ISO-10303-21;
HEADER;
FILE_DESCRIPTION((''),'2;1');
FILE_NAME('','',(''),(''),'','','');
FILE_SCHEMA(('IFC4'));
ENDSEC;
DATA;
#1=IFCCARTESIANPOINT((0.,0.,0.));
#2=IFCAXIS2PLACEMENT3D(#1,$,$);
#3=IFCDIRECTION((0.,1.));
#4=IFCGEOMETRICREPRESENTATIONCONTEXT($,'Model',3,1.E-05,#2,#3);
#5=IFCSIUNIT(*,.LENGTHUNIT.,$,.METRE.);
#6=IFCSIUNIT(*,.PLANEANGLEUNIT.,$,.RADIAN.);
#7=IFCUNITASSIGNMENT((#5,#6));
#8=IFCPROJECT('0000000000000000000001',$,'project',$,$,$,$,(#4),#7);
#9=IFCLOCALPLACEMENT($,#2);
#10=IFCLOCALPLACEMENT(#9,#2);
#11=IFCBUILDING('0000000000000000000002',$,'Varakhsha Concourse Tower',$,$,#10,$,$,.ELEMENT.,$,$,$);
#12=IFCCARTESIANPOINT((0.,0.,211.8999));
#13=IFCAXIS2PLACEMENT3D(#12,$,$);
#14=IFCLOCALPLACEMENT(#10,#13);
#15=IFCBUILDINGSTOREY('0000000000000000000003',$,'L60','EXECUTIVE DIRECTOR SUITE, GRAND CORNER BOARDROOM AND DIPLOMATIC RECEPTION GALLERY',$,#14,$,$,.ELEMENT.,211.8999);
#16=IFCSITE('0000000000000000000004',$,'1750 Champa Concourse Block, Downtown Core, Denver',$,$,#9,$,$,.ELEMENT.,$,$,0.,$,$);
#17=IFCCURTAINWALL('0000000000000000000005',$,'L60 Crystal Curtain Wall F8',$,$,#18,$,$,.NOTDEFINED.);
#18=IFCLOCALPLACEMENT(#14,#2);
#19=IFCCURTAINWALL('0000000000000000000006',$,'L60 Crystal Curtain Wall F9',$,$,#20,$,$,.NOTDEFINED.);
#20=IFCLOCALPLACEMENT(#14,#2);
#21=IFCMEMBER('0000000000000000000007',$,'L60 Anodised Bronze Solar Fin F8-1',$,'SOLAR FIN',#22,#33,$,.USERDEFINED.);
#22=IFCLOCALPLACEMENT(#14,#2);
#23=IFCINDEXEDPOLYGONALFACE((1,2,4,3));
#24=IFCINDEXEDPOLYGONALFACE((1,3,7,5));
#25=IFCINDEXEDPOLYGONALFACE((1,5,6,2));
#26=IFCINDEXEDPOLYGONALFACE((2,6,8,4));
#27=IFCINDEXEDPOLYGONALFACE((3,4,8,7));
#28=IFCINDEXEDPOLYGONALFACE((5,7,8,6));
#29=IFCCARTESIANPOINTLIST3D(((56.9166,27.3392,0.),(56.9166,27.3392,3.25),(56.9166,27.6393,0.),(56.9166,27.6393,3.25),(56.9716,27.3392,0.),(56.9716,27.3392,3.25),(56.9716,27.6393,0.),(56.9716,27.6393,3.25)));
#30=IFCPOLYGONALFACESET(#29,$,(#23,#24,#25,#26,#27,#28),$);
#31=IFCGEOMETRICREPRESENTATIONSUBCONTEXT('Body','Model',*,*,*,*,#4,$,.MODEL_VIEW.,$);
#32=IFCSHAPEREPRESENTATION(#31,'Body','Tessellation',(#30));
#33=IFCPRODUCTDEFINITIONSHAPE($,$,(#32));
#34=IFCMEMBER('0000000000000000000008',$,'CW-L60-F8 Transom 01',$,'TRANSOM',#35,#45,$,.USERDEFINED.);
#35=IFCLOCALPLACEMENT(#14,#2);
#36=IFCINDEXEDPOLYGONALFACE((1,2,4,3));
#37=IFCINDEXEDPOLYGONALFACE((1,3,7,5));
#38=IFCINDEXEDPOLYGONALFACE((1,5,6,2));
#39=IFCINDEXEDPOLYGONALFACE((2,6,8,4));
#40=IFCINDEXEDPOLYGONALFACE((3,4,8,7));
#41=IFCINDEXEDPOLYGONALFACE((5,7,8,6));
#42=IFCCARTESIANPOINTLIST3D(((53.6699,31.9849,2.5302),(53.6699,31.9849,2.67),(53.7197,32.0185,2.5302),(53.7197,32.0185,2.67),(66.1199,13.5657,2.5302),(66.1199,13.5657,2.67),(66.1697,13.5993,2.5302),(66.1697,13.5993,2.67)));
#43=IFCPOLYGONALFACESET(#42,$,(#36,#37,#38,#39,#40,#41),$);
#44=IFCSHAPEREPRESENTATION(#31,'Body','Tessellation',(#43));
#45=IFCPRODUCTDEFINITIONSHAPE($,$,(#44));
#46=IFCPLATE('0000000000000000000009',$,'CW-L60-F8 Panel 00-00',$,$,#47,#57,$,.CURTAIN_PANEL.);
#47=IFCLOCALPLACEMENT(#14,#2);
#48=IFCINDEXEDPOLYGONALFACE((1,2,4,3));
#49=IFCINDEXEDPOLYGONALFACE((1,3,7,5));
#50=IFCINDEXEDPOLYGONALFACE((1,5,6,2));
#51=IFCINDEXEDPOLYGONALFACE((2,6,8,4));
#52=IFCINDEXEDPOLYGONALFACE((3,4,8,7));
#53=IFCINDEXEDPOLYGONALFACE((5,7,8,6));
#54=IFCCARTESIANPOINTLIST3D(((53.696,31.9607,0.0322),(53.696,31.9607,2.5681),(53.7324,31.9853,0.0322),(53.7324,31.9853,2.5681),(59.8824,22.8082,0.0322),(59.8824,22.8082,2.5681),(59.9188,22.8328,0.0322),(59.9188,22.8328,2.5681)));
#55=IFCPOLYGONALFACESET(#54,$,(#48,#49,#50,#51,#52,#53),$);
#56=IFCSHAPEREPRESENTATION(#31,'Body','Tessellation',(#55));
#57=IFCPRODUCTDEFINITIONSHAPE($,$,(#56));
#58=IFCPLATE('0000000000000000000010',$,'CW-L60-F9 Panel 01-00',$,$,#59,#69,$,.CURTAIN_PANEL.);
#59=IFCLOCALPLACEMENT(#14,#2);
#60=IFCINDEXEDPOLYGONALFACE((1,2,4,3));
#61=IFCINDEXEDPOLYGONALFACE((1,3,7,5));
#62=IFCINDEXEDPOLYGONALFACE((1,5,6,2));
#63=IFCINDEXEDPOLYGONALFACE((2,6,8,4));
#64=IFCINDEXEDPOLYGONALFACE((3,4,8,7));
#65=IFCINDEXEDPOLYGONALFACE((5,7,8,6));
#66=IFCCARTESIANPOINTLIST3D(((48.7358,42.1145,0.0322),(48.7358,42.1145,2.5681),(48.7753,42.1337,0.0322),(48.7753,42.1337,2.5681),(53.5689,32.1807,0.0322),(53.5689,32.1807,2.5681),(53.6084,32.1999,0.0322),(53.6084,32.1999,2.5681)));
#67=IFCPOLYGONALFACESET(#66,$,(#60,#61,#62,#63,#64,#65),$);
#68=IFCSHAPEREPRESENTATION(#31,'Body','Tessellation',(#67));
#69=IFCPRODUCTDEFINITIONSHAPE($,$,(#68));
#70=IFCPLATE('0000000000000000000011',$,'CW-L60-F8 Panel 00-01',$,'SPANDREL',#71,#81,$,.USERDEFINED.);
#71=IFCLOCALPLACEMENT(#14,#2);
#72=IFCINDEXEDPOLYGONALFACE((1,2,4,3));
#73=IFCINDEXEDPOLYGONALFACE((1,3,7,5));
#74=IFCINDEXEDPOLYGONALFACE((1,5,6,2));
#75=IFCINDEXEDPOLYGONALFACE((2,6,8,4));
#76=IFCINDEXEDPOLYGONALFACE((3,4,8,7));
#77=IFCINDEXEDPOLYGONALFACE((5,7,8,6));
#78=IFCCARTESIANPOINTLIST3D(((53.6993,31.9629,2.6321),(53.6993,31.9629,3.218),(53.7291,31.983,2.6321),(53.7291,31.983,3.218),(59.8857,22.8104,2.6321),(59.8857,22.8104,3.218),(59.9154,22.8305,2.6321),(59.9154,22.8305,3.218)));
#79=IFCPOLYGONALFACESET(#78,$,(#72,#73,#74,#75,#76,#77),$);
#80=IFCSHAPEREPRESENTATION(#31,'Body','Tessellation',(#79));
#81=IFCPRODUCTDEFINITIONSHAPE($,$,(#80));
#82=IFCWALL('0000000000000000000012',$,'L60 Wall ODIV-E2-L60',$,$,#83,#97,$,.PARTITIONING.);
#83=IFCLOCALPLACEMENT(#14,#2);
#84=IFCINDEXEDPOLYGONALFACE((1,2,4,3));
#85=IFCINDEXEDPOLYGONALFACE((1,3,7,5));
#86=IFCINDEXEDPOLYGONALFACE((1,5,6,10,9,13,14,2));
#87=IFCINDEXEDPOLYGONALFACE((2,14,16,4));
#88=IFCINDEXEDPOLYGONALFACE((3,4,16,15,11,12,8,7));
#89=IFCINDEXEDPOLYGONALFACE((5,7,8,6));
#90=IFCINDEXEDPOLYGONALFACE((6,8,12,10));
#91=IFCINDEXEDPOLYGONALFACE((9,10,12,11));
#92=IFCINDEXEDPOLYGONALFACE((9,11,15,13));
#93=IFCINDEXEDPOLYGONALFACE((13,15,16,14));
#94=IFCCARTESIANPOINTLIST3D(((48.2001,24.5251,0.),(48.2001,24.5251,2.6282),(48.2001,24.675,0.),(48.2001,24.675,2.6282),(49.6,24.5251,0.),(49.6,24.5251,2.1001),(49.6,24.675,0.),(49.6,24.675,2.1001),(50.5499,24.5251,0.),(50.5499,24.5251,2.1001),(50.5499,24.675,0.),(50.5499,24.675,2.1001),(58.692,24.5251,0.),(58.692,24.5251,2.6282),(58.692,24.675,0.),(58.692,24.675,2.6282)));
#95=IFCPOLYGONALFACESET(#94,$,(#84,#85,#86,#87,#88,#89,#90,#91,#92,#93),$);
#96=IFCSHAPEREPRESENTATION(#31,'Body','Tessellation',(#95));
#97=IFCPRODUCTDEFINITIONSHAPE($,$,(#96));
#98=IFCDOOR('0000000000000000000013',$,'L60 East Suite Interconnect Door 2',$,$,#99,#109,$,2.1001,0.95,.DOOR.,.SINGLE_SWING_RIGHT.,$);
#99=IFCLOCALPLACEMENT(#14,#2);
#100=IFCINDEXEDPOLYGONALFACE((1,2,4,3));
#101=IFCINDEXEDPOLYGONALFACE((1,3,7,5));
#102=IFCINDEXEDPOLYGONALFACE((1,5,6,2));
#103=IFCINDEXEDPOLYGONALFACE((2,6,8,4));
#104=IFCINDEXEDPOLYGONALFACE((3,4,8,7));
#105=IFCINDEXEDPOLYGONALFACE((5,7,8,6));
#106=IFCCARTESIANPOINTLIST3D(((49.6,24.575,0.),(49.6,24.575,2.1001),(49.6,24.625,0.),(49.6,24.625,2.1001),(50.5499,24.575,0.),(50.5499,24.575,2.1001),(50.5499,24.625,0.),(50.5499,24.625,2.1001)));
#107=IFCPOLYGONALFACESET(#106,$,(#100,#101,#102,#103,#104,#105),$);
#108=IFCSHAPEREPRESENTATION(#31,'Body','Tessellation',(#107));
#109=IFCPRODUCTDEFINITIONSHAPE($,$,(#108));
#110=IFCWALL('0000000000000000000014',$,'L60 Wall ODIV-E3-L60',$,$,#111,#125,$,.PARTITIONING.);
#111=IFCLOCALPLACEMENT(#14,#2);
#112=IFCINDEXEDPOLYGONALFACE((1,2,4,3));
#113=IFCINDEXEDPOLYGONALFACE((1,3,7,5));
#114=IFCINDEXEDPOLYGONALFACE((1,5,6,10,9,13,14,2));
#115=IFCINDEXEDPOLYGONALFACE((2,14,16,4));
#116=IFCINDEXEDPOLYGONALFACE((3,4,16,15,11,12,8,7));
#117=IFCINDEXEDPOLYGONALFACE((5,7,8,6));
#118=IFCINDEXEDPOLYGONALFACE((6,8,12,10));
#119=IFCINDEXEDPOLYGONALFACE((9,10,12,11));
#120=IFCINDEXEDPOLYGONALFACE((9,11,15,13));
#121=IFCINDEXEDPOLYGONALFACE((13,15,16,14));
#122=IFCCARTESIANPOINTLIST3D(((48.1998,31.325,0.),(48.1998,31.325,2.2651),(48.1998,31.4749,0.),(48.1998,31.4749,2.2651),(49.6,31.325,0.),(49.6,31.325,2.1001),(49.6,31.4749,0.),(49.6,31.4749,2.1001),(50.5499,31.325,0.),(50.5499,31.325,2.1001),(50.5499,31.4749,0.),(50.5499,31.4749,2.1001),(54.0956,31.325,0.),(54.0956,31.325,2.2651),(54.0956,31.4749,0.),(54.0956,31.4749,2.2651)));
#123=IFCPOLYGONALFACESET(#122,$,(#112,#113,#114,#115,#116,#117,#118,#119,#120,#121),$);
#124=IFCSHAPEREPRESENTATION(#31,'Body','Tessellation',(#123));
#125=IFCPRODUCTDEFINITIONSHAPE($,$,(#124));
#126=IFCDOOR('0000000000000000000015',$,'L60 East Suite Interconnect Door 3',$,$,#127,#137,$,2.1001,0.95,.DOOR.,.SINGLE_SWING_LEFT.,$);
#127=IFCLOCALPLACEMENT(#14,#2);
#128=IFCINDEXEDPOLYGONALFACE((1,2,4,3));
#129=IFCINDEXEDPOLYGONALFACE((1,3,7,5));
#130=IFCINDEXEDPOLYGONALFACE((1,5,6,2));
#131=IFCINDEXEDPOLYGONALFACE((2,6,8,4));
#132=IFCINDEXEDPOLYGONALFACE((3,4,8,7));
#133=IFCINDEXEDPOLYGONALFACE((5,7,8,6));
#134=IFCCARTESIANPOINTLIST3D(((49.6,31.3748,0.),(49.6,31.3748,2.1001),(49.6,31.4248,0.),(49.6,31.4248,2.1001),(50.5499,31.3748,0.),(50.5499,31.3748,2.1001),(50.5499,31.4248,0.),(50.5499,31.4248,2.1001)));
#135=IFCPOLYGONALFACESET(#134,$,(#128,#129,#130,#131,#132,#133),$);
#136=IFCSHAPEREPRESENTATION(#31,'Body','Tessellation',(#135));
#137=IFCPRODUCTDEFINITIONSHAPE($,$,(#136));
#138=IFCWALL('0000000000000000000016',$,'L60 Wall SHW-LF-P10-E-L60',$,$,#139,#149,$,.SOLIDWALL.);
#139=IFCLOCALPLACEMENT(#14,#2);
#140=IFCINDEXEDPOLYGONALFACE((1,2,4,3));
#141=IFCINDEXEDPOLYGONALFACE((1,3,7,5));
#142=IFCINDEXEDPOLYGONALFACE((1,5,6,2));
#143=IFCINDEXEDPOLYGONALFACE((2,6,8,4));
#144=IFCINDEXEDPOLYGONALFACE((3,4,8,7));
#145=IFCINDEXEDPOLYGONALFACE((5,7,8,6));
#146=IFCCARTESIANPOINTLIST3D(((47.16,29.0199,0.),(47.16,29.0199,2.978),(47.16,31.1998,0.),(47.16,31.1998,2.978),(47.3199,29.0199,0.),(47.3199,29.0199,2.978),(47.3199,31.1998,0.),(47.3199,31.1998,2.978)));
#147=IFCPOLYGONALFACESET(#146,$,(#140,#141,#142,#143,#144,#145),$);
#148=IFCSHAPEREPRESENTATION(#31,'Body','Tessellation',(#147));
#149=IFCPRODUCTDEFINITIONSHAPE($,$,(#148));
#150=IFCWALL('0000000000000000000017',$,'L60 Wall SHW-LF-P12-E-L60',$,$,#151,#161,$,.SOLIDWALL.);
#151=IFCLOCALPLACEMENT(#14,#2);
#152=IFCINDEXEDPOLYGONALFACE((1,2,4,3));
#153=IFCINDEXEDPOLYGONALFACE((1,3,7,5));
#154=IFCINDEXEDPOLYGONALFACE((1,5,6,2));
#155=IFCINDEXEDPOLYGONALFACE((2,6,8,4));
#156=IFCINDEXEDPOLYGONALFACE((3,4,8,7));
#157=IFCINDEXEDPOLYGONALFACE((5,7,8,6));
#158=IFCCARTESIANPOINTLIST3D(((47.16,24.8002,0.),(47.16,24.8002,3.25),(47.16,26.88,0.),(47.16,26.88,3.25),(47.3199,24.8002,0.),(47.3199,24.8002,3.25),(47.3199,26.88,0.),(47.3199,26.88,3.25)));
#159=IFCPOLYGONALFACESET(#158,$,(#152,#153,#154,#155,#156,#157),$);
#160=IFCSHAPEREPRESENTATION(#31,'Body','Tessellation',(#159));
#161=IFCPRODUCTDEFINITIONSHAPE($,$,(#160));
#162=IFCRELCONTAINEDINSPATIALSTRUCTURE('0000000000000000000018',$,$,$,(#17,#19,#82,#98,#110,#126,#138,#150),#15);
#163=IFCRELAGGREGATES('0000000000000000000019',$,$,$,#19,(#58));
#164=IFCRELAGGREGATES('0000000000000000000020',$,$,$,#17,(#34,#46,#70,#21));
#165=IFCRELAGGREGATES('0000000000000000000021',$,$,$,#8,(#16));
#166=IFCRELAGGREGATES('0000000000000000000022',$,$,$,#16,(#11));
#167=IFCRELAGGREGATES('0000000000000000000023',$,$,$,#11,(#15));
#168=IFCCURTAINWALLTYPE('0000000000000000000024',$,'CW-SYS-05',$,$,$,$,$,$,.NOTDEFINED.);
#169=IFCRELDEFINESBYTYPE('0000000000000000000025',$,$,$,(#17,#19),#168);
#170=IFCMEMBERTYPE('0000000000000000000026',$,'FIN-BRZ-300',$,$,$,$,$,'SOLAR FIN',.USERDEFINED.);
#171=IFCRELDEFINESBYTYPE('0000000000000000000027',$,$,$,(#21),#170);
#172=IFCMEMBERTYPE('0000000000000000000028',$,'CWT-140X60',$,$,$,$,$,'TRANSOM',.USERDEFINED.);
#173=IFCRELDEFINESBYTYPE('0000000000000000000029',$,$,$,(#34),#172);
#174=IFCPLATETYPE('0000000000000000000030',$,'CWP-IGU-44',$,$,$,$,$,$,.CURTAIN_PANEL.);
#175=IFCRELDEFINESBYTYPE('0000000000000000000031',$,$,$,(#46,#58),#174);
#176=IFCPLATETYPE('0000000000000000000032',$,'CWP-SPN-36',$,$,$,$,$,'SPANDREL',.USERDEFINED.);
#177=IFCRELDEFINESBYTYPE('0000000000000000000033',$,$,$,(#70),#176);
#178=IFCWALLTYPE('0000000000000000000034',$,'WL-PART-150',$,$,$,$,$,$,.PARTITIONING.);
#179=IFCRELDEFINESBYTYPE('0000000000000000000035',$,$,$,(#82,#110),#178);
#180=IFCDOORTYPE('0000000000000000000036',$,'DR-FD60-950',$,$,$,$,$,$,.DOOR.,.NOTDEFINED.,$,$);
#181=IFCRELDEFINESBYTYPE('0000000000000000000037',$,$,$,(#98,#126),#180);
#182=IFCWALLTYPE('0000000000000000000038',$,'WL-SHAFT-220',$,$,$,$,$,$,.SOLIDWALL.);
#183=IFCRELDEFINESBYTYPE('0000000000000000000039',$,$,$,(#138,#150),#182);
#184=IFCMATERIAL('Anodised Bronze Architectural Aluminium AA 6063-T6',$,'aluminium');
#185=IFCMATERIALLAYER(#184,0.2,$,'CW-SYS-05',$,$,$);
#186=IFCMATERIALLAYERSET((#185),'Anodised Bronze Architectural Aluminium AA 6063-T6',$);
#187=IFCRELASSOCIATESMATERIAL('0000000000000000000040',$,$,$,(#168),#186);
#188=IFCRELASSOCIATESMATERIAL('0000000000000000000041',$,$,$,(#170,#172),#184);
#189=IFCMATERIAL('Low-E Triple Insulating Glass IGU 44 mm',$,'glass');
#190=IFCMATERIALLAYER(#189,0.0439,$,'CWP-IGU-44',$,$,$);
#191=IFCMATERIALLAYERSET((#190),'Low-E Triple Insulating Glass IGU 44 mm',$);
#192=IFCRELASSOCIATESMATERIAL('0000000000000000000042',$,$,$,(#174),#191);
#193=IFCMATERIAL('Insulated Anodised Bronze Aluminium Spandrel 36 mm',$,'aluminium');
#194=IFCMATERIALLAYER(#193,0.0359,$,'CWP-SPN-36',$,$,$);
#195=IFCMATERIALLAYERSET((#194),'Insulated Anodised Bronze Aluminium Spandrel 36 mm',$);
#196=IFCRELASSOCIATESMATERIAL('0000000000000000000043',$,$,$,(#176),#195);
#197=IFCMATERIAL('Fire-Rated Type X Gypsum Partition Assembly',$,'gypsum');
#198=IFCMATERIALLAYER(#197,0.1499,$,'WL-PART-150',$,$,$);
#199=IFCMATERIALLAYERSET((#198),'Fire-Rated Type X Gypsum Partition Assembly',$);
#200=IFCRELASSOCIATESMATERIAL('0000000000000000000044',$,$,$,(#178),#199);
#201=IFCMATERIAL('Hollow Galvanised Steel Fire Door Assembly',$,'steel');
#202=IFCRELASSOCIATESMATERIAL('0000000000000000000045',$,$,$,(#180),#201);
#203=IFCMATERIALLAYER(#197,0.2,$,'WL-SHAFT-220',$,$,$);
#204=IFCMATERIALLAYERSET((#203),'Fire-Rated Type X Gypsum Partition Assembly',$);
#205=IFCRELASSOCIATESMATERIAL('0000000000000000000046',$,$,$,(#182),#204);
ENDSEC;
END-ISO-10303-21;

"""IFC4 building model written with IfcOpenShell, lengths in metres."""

from ifc_helpers import new_model, si_unit, direction, frame, frame_2d, origin, origin_2d, place, context, subcontext, project, spatial, rectangle, extrude, source, transform, mapped, material, layer, layer_set, material_profile, profile_set, type_object, type_shapes, element, fill, aggregate, save


model = new_model("IFC4")

# Units and contexts
model_context = context("Model", 3, precision=1e-05, world=origin(), true_north=direction((0.0, 1.0)))
body_context = subcontext(model_context, "Body", "Model", "MODEL_VIEW")
ifc_project = project(units=[si_unit("LENGTHUNIT", "METRE"), si_unit("PLANEANGLEUNIT", "RADIAN")], contexts=[model_context])

# Site, building, storey
site_placement = place(None, origin())
site = spatial("IfcSite", under=ifc_project, at=site_placement, Name="1750 Champa Concourse Block, Downtown Core, Denver", CompositionType="ELEMENT", RefElevation=0.0)
building_placement = place(site_placement, origin())
building = spatial("IfcBuilding", under=site, at=building_placement, Name="Varakhsha Concourse Tower", CompositionType="ELEMENT")
storey_placement = place(building_placement, frame((0.0, 0.0, 211.8999)))
storey = spatial("IfcBuildingStorey", under=building, at=storey_placement, Name="L60", Description="EXECUTIVE DIRECTOR SUITE, GRAND CORNER BOARDROOM AND DIPLOMATIC RECEPTION GALLERY", CompositionType="ELEMENT", Elevation=211.8999)

# Curtain wall
ifc_material_1 = material(Name="Anodised Bronze Architectural Aluminium AA 6063-T6", Category="aluminium")
ifc_layer_1 = layer(ifc_material_1, 0.2, Name="CW-SYS-05")
ifc_layer_set_1 = layer_set([ifc_layer_1], Name="Anodised Bronze Architectural Aluminium AA 6063-T6")
curtain_wall_type = type_object("IfcCurtainWallType", Name="CW-SYS-05", PredefinedType="NOTDEFINED", material=ifc_layer_set_1)
curtain_wall_1_placement = place(storey_placement, origin())
curtain_wall_1 = element("IfcCurtainWall", 1, at=curtain_wall_1_placement, inside=storey, type_object=curtain_wall_type, Name="L60 Crystal Curtain Wall F8", PredefinedType="NOTDEFINED")

# Curtain wall
curtain_wall_2_placement = place(storey_placement, origin())
curtain_wall_2 = element("IfcCurtainWall", 2, at=curtain_wall_2_placement, inside=storey, type_object=curtain_wall_type, Name="L60 Crystal Curtain Wall F9", PredefinedType="NOTDEFINED")

# Members
ifc_material_profile_1 = material_profile(ifc_material_1, rectangle(XDim=0.0549, YDim=0.3, at=origin_2d()), Name="FIN-BRZ-300")
ifc_profile_set_1 = profile_set([ifc_material_profile_1], Name="Anodised Bronze Architectural Aluminium AA 6063-T6")
member_type_1 = type_object("IfcMemberType", Name="FIN-BRZ-300", ElementType="SOLAR FIN", PredefinedType="USERDEFINED", material=ifc_profile_set_1)
shared_shape_1 = source(origin(), body_context, "Body", "SweptSolid", [
    extrude(rectangle(XDim=0.0549, YDim=0.3, at=origin_2d()), origin(), (0.0, 0.0, 1.0), 3.25),
])
type_shapes(member_type_1, [shared_shape_1])
member_1_placement = place(storey_placement, frame((56.9441, 27.4893, 0.0), z_axis=(0.0, 0.0, 1.0), x_axis=(1.0, 0.0, 0.0)))
member_1 = element("IfcMember", 3, at=member_1_placement, type_object=member_type_1, Name="L60 Anodised Bronze Solar Fin F8-1", ObjectType="SOLAR FIN", PredefinedType="USERDEFINED", context=body_context, shape_type="MappedRepresentation", body=[
    mapped(shared_shape_1, transform((0.0, 0.0, 0.0), scale=1.0)),
])
ifc_material_profile_2 = material_profile(ifc_material_1, rectangle(XDim=0.0601, YDim=0.1399, at=origin_2d()), Name="CWT-140X60")
ifc_profile_set_2 = profile_set([ifc_material_profile_2], Name="Anodised Bronze Architectural Aluminium AA 6063-T6")
member_type_2 = type_object("IfcMemberType", Name="CWT-140X60", ElementType="TRANSOM", PredefinedType="USERDEFINED", material=ifc_profile_set_2)
shared_shape_2 = source(origin(), body_context, "Body", "SweptSolid", [
    extrude(rectangle(XDim=0.0601, YDim=0.1399, at=origin_2d()), origin(), (0.0, 0.0, 1.0), 22.2322),
])
type_shapes(member_type_2, [shared_shape_2])
member_2_placement = place(storey_placement, frame((53.6948, 32.0017, 2.6001), z_axis=(0.559998, -0.828494, 0.0), x_axis=(0.828494, 0.559998, 0.0)))
member_2 = element("IfcMember", 4, at=member_2_placement, type_object=member_type_2, Name="CW-L60-F8 Transom 01", ObjectType="TRANSOM", PredefinedType="USERDEFINED", context=body_context, shape_type="MappedRepresentation", body=[
    mapped(shared_shape_2, transform((0.0, 0.0, 0.0), scale=1.0)),
])

# Plates
ifc_material_2 = material(Name="Low-E Triple Insulating Glass IGU 44 mm", Category="glass")
ifc_layer_2 = layer(ifc_material_2, 0.0439, Name="CWP-IGU-44")
ifc_layer_set_2 = layer_set([ifc_layer_2], Name="Low-E Triple Insulating Glass IGU 44 mm")
plate_type_1 = type_object("IfcPlateType", Name="CWP-IGU-44", PredefinedType="CURTAIN_PANEL", material=ifc_layer_set_2)
shared_shape_3 = source(origin(), body_context, "Body", "SweptSolid", [
    extrude(rectangle(XDim=11.0471, YDim=0.0439, at=origin_2d()), origin(), (0.0, 0.0, 1.0), 2.5359),
])
type_shapes(plate_type_1, [shared_shape_3])
plate_1_placement = place(storey_placement, frame((56.8074, 27.3967, 0.0322), z_axis=(0.0, 0.0, 1.0), x_axis=(0.559999, -0.828494, 0.0)))
plate_1 = element("IfcPlate", 5, at=plate_1_placement, type_object=plate_type_1, Name="CW-L60-F8 Panel 00-00", PredefinedType="CURTAIN_PANEL", context=body_context, shape_type="MappedRepresentation", body=[
    mapped(shared_shape_3, transform((0.0, 0.0, 0.0), scale=1.0)),
])
plate_2_placement = place(storey_placement, frame((51.1721, 37.1572, 0.0322), z_axis=(0.0, 0.0, 1.0), x_axis=(0.437497, -0.89922, 0.0)))
plate_2 = element("IfcPlate", 6, at=plate_2_placement, type_object=plate_type_1, Name="CW-L60-F9 Panel 01-00", PredefinedType="CURTAIN_PANEL", context=body_context, shape_type="MappedRepresentation", body=[
    mapped(shared_shape_3, transform((0.0, 0.0, 0.0), scale=1.0)),
])
aggregate(curtain_wall_2, [plate_2])
ifc_material_3 = material(Name="Insulated Anodised Bronze Aluminium Spandrel 36 mm", Category="aluminium")
ifc_layer_3 = layer(ifc_material_3, 0.0359, Name="CWP-SPN-36")
ifc_layer_set_3 = layer_set([ifc_layer_3], Name="Insulated Anodised Bronze Aluminium Spandrel 36 mm")
plate_type_2 = type_object("IfcPlateType", Name="CWP-SPN-36", ElementType="SPANDREL", PredefinedType="USERDEFINED", material=ifc_layer_set_3)
shared_shape_4 = source(origin(), body_context, "Body", "SweptSolid", [
    extrude(rectangle(XDim=11.0471, YDim=0.0359, at=origin_2d()), origin(), (0.0, 0.0, 1.0), 0.5859),
])
type_shapes(plate_type_2, [shared_shape_4])
plate_3_placement = place(storey_placement, frame((56.8074, 27.3967, 2.6321), z_axis=(0.0, 0.0, 1.0), x_axis=(0.559999, -0.828494, 0.0)))
plate_3 = element("IfcPlate", 7, at=plate_3_placement, type_object=plate_type_2, Name="CW-L60-F8 Panel 00-01", ObjectType="SPANDREL", PredefinedType="USERDEFINED", context=body_context, shape_type="MappedRepresentation", body=[
    mapped(shared_shape_4, transform((0.0, 0.0, 0.0), scale=1.0)),
])
aggregate(curtain_wall_1, [member_2, plate_1, plate_3, member_1])

# Walls, openings, doors
ifc_material_4 = material(Name="Fire-Rated Type X Gypsum Partition Assembly", Category="gypsum")
ifc_layer_4 = layer(ifc_material_4, 0.1499, Name="WL-PART-150")
ifc_layer_set_4 = layer_set([ifc_layer_4], Name="Fire-Rated Type X Gypsum Partition Assembly")
wall_type_1 = type_object("IfcWallType", Name="WL-PART-150", PredefinedType="PARTITIONING", material=ifc_layer_set_4)
wall_1_placement = place(storey_placement, frame((48.2, 24.6001, 0.0), z_axis=(0.0, 0.0, 1.0), x_axis=(1.0, 0.0, 0.0)))
wall_1 = element("IfcWall", 8, at=wall_1_placement, inside=storey, type_object=wall_type_1, Name="L60 Wall ODIV-E2-L60", PredefinedType="PARTITIONING", context=body_context, shape_type="SweptSolid", body=[
    extrude(rectangle(XDim=10.4919, YDim=0.1499, at=frame_2d((5.2461, 0.0))), origin(), (0.0, 0.0, 1.0), 2.6282),
])
opening_1_placement = place(wall_1_placement, frame((1.3999, 0.0, 0.0)))
opening_1 = element("IfcOpeningElement", 9, at=opening_1_placement, cuts=wall_1, PredefinedType="OPENING", context=body_context, shape_type="SweptSolid", body=[
    extrude(rectangle(XDim=0.95, YDim=2.1001, at=frame_2d((0.4751, 1.05))), frame((0.0, 0.085, 0.0), z_axis=(0.0, -1.0, 0.0), x_axis=(1.0, 0.0, 0.0)), (0.0, 0.0, 1.0), 0.1699),
])
ifc_material_5 = material(Name="Hollow Galvanised Steel Fire Door Assembly", Category="steel")
door_type = type_object("IfcDoorType", Name="DR-FD60-950", OperationType="NOTDEFINED", PredefinedType="DOOR", material=ifc_material_5)
door_1_placement = place(opening_1_placement, origin())
door_1 = element("IfcDoor", 10, at=door_1_placement, inside=storey, type_object=door_type, Name="L60 East Suite Interconnect Door 2", OperationType="SINGLE_SWING_RIGHT", OverallHeight=2.1001, OverallWidth=0.95, PredefinedType="DOOR", context=body_context, shape_type="SweptSolid", body=[
    extrude(rectangle(XDim=0.95, YDim=2.1001, at=frame_2d((0.4751, 1.05))), frame((0.0, 0.0249, 0.0), z_axis=(0.0, -1.0, 0.0), x_axis=(1.0, 0.0, 0.0)), (0.0, 0.0, 1.0), 0.05),
])
fill(opening_1, door_1)
wall_2_placement = place(storey_placement, frame((48.2, 31.3999, 0.0), z_axis=(0.0, 0.0, 1.0), x_axis=(1.0, 0.0, 0.0)))
wall_2 = element("IfcWall", 11, at=wall_2_placement, inside=storey, type_object=wall_type_1, Name="L60 Wall ODIV-E3-L60", PredefinedType="PARTITIONING", context=body_context, shape_type="SweptSolid", body=[
    extrude(rectangle(XDim=5.8958, YDim=0.1499, at=frame_2d((2.9478, 0.0))), origin(), (0.0, 0.0, 1.0), 2.2651),
])
opening_2_placement = place(wall_2_placement, frame((1.3999, 0.0, 0.0)))
opening_2 = element("IfcOpeningElement", 12, at=opening_2_placement, cuts=wall_2, PredefinedType="OPENING", context=body_context, shape_type="SweptSolid", body=[
    extrude(rectangle(XDim=0.95, YDim=2.1001, at=frame_2d((0.4751, 1.05))), frame((0.0, 0.085, 0.0), z_axis=(0.0, -1.0, 0.0), x_axis=(1.0, 0.0, 0.0)), (0.0, 0.0, 1.0), 0.1699),
])
door_2_placement = place(opening_2_placement, origin())
door_2 = element("IfcDoor", 13, at=door_2_placement, inside=storey, type_object=door_type, Name="L60 East Suite Interconnect Door 3", OperationType="SINGLE_SWING_LEFT", OverallHeight=2.1001, OverallWidth=0.95, PredefinedType="DOOR", context=body_context, shape_type="SweptSolid", body=[
    extrude(rectangle(XDim=0.95, YDim=2.1001, at=frame_2d((0.4751, 1.05))), frame((0.0, 0.0249, 0.0), z_axis=(0.0, -1.0, 0.0), x_axis=(1.0, 0.0, 0.0)), (0.0, 0.0, 1.0), 0.05),
])
fill(opening_2, door_2)

# Walls
ifc_layer_5 = layer(ifc_material_4, 0.2, Name="WL-SHAFT-220")
ifc_layer_set_5 = layer_set([ifc_layer_5], Name="Fire-Rated Type X Gypsum Partition Assembly")
wall_type_2 = type_object("IfcWallType", Name="WL-SHAFT-220", PredefinedType="SOLIDWALL", material=ifc_layer_set_5)
wall_3_placement = place(storey_placement, frame((47.24, 29.02, 0.0), z_axis=(0.0, 0.0, 1.0), x_axis=(0.0, 1.0, 0.0)))
element("IfcWall", 14, at=wall_3_placement, inside=storey, type_object=wall_type_2, Name="L60 Wall SHW-LF-P10-E-L60", PredefinedType="SOLIDWALL", context=body_context, shape_type="SweptSolid", body=[
    extrude(rectangle(XDim=2.1799, YDim=0.1599, at=frame_2d((1.0898, 0.0))), origin(), (0.0, 0.0, 1.0), 2.978),
])
wall_4_placement = place(storey_placement, frame((47.24, 24.8, 0.0), z_axis=(0.0, 0.0, 1.0), x_axis=(0.0, 1.0, 0.0)))
element("IfcWall", 15, at=wall_4_placement, inside=storey, type_object=wall_type_2, Name="L60 Wall SHW-LF-P12-E-L60", PredefinedType="SOLIDWALL", context=body_context, shape_type="SweptSolid", body=[
    extrude(rectangle(XDim=2.0798, YDim=0.1599, at=frame_2d((1.04, 0.0))), origin(), (0.0, 0.0, 1.0), 3.25),
])

save(model, "model.ifc")
